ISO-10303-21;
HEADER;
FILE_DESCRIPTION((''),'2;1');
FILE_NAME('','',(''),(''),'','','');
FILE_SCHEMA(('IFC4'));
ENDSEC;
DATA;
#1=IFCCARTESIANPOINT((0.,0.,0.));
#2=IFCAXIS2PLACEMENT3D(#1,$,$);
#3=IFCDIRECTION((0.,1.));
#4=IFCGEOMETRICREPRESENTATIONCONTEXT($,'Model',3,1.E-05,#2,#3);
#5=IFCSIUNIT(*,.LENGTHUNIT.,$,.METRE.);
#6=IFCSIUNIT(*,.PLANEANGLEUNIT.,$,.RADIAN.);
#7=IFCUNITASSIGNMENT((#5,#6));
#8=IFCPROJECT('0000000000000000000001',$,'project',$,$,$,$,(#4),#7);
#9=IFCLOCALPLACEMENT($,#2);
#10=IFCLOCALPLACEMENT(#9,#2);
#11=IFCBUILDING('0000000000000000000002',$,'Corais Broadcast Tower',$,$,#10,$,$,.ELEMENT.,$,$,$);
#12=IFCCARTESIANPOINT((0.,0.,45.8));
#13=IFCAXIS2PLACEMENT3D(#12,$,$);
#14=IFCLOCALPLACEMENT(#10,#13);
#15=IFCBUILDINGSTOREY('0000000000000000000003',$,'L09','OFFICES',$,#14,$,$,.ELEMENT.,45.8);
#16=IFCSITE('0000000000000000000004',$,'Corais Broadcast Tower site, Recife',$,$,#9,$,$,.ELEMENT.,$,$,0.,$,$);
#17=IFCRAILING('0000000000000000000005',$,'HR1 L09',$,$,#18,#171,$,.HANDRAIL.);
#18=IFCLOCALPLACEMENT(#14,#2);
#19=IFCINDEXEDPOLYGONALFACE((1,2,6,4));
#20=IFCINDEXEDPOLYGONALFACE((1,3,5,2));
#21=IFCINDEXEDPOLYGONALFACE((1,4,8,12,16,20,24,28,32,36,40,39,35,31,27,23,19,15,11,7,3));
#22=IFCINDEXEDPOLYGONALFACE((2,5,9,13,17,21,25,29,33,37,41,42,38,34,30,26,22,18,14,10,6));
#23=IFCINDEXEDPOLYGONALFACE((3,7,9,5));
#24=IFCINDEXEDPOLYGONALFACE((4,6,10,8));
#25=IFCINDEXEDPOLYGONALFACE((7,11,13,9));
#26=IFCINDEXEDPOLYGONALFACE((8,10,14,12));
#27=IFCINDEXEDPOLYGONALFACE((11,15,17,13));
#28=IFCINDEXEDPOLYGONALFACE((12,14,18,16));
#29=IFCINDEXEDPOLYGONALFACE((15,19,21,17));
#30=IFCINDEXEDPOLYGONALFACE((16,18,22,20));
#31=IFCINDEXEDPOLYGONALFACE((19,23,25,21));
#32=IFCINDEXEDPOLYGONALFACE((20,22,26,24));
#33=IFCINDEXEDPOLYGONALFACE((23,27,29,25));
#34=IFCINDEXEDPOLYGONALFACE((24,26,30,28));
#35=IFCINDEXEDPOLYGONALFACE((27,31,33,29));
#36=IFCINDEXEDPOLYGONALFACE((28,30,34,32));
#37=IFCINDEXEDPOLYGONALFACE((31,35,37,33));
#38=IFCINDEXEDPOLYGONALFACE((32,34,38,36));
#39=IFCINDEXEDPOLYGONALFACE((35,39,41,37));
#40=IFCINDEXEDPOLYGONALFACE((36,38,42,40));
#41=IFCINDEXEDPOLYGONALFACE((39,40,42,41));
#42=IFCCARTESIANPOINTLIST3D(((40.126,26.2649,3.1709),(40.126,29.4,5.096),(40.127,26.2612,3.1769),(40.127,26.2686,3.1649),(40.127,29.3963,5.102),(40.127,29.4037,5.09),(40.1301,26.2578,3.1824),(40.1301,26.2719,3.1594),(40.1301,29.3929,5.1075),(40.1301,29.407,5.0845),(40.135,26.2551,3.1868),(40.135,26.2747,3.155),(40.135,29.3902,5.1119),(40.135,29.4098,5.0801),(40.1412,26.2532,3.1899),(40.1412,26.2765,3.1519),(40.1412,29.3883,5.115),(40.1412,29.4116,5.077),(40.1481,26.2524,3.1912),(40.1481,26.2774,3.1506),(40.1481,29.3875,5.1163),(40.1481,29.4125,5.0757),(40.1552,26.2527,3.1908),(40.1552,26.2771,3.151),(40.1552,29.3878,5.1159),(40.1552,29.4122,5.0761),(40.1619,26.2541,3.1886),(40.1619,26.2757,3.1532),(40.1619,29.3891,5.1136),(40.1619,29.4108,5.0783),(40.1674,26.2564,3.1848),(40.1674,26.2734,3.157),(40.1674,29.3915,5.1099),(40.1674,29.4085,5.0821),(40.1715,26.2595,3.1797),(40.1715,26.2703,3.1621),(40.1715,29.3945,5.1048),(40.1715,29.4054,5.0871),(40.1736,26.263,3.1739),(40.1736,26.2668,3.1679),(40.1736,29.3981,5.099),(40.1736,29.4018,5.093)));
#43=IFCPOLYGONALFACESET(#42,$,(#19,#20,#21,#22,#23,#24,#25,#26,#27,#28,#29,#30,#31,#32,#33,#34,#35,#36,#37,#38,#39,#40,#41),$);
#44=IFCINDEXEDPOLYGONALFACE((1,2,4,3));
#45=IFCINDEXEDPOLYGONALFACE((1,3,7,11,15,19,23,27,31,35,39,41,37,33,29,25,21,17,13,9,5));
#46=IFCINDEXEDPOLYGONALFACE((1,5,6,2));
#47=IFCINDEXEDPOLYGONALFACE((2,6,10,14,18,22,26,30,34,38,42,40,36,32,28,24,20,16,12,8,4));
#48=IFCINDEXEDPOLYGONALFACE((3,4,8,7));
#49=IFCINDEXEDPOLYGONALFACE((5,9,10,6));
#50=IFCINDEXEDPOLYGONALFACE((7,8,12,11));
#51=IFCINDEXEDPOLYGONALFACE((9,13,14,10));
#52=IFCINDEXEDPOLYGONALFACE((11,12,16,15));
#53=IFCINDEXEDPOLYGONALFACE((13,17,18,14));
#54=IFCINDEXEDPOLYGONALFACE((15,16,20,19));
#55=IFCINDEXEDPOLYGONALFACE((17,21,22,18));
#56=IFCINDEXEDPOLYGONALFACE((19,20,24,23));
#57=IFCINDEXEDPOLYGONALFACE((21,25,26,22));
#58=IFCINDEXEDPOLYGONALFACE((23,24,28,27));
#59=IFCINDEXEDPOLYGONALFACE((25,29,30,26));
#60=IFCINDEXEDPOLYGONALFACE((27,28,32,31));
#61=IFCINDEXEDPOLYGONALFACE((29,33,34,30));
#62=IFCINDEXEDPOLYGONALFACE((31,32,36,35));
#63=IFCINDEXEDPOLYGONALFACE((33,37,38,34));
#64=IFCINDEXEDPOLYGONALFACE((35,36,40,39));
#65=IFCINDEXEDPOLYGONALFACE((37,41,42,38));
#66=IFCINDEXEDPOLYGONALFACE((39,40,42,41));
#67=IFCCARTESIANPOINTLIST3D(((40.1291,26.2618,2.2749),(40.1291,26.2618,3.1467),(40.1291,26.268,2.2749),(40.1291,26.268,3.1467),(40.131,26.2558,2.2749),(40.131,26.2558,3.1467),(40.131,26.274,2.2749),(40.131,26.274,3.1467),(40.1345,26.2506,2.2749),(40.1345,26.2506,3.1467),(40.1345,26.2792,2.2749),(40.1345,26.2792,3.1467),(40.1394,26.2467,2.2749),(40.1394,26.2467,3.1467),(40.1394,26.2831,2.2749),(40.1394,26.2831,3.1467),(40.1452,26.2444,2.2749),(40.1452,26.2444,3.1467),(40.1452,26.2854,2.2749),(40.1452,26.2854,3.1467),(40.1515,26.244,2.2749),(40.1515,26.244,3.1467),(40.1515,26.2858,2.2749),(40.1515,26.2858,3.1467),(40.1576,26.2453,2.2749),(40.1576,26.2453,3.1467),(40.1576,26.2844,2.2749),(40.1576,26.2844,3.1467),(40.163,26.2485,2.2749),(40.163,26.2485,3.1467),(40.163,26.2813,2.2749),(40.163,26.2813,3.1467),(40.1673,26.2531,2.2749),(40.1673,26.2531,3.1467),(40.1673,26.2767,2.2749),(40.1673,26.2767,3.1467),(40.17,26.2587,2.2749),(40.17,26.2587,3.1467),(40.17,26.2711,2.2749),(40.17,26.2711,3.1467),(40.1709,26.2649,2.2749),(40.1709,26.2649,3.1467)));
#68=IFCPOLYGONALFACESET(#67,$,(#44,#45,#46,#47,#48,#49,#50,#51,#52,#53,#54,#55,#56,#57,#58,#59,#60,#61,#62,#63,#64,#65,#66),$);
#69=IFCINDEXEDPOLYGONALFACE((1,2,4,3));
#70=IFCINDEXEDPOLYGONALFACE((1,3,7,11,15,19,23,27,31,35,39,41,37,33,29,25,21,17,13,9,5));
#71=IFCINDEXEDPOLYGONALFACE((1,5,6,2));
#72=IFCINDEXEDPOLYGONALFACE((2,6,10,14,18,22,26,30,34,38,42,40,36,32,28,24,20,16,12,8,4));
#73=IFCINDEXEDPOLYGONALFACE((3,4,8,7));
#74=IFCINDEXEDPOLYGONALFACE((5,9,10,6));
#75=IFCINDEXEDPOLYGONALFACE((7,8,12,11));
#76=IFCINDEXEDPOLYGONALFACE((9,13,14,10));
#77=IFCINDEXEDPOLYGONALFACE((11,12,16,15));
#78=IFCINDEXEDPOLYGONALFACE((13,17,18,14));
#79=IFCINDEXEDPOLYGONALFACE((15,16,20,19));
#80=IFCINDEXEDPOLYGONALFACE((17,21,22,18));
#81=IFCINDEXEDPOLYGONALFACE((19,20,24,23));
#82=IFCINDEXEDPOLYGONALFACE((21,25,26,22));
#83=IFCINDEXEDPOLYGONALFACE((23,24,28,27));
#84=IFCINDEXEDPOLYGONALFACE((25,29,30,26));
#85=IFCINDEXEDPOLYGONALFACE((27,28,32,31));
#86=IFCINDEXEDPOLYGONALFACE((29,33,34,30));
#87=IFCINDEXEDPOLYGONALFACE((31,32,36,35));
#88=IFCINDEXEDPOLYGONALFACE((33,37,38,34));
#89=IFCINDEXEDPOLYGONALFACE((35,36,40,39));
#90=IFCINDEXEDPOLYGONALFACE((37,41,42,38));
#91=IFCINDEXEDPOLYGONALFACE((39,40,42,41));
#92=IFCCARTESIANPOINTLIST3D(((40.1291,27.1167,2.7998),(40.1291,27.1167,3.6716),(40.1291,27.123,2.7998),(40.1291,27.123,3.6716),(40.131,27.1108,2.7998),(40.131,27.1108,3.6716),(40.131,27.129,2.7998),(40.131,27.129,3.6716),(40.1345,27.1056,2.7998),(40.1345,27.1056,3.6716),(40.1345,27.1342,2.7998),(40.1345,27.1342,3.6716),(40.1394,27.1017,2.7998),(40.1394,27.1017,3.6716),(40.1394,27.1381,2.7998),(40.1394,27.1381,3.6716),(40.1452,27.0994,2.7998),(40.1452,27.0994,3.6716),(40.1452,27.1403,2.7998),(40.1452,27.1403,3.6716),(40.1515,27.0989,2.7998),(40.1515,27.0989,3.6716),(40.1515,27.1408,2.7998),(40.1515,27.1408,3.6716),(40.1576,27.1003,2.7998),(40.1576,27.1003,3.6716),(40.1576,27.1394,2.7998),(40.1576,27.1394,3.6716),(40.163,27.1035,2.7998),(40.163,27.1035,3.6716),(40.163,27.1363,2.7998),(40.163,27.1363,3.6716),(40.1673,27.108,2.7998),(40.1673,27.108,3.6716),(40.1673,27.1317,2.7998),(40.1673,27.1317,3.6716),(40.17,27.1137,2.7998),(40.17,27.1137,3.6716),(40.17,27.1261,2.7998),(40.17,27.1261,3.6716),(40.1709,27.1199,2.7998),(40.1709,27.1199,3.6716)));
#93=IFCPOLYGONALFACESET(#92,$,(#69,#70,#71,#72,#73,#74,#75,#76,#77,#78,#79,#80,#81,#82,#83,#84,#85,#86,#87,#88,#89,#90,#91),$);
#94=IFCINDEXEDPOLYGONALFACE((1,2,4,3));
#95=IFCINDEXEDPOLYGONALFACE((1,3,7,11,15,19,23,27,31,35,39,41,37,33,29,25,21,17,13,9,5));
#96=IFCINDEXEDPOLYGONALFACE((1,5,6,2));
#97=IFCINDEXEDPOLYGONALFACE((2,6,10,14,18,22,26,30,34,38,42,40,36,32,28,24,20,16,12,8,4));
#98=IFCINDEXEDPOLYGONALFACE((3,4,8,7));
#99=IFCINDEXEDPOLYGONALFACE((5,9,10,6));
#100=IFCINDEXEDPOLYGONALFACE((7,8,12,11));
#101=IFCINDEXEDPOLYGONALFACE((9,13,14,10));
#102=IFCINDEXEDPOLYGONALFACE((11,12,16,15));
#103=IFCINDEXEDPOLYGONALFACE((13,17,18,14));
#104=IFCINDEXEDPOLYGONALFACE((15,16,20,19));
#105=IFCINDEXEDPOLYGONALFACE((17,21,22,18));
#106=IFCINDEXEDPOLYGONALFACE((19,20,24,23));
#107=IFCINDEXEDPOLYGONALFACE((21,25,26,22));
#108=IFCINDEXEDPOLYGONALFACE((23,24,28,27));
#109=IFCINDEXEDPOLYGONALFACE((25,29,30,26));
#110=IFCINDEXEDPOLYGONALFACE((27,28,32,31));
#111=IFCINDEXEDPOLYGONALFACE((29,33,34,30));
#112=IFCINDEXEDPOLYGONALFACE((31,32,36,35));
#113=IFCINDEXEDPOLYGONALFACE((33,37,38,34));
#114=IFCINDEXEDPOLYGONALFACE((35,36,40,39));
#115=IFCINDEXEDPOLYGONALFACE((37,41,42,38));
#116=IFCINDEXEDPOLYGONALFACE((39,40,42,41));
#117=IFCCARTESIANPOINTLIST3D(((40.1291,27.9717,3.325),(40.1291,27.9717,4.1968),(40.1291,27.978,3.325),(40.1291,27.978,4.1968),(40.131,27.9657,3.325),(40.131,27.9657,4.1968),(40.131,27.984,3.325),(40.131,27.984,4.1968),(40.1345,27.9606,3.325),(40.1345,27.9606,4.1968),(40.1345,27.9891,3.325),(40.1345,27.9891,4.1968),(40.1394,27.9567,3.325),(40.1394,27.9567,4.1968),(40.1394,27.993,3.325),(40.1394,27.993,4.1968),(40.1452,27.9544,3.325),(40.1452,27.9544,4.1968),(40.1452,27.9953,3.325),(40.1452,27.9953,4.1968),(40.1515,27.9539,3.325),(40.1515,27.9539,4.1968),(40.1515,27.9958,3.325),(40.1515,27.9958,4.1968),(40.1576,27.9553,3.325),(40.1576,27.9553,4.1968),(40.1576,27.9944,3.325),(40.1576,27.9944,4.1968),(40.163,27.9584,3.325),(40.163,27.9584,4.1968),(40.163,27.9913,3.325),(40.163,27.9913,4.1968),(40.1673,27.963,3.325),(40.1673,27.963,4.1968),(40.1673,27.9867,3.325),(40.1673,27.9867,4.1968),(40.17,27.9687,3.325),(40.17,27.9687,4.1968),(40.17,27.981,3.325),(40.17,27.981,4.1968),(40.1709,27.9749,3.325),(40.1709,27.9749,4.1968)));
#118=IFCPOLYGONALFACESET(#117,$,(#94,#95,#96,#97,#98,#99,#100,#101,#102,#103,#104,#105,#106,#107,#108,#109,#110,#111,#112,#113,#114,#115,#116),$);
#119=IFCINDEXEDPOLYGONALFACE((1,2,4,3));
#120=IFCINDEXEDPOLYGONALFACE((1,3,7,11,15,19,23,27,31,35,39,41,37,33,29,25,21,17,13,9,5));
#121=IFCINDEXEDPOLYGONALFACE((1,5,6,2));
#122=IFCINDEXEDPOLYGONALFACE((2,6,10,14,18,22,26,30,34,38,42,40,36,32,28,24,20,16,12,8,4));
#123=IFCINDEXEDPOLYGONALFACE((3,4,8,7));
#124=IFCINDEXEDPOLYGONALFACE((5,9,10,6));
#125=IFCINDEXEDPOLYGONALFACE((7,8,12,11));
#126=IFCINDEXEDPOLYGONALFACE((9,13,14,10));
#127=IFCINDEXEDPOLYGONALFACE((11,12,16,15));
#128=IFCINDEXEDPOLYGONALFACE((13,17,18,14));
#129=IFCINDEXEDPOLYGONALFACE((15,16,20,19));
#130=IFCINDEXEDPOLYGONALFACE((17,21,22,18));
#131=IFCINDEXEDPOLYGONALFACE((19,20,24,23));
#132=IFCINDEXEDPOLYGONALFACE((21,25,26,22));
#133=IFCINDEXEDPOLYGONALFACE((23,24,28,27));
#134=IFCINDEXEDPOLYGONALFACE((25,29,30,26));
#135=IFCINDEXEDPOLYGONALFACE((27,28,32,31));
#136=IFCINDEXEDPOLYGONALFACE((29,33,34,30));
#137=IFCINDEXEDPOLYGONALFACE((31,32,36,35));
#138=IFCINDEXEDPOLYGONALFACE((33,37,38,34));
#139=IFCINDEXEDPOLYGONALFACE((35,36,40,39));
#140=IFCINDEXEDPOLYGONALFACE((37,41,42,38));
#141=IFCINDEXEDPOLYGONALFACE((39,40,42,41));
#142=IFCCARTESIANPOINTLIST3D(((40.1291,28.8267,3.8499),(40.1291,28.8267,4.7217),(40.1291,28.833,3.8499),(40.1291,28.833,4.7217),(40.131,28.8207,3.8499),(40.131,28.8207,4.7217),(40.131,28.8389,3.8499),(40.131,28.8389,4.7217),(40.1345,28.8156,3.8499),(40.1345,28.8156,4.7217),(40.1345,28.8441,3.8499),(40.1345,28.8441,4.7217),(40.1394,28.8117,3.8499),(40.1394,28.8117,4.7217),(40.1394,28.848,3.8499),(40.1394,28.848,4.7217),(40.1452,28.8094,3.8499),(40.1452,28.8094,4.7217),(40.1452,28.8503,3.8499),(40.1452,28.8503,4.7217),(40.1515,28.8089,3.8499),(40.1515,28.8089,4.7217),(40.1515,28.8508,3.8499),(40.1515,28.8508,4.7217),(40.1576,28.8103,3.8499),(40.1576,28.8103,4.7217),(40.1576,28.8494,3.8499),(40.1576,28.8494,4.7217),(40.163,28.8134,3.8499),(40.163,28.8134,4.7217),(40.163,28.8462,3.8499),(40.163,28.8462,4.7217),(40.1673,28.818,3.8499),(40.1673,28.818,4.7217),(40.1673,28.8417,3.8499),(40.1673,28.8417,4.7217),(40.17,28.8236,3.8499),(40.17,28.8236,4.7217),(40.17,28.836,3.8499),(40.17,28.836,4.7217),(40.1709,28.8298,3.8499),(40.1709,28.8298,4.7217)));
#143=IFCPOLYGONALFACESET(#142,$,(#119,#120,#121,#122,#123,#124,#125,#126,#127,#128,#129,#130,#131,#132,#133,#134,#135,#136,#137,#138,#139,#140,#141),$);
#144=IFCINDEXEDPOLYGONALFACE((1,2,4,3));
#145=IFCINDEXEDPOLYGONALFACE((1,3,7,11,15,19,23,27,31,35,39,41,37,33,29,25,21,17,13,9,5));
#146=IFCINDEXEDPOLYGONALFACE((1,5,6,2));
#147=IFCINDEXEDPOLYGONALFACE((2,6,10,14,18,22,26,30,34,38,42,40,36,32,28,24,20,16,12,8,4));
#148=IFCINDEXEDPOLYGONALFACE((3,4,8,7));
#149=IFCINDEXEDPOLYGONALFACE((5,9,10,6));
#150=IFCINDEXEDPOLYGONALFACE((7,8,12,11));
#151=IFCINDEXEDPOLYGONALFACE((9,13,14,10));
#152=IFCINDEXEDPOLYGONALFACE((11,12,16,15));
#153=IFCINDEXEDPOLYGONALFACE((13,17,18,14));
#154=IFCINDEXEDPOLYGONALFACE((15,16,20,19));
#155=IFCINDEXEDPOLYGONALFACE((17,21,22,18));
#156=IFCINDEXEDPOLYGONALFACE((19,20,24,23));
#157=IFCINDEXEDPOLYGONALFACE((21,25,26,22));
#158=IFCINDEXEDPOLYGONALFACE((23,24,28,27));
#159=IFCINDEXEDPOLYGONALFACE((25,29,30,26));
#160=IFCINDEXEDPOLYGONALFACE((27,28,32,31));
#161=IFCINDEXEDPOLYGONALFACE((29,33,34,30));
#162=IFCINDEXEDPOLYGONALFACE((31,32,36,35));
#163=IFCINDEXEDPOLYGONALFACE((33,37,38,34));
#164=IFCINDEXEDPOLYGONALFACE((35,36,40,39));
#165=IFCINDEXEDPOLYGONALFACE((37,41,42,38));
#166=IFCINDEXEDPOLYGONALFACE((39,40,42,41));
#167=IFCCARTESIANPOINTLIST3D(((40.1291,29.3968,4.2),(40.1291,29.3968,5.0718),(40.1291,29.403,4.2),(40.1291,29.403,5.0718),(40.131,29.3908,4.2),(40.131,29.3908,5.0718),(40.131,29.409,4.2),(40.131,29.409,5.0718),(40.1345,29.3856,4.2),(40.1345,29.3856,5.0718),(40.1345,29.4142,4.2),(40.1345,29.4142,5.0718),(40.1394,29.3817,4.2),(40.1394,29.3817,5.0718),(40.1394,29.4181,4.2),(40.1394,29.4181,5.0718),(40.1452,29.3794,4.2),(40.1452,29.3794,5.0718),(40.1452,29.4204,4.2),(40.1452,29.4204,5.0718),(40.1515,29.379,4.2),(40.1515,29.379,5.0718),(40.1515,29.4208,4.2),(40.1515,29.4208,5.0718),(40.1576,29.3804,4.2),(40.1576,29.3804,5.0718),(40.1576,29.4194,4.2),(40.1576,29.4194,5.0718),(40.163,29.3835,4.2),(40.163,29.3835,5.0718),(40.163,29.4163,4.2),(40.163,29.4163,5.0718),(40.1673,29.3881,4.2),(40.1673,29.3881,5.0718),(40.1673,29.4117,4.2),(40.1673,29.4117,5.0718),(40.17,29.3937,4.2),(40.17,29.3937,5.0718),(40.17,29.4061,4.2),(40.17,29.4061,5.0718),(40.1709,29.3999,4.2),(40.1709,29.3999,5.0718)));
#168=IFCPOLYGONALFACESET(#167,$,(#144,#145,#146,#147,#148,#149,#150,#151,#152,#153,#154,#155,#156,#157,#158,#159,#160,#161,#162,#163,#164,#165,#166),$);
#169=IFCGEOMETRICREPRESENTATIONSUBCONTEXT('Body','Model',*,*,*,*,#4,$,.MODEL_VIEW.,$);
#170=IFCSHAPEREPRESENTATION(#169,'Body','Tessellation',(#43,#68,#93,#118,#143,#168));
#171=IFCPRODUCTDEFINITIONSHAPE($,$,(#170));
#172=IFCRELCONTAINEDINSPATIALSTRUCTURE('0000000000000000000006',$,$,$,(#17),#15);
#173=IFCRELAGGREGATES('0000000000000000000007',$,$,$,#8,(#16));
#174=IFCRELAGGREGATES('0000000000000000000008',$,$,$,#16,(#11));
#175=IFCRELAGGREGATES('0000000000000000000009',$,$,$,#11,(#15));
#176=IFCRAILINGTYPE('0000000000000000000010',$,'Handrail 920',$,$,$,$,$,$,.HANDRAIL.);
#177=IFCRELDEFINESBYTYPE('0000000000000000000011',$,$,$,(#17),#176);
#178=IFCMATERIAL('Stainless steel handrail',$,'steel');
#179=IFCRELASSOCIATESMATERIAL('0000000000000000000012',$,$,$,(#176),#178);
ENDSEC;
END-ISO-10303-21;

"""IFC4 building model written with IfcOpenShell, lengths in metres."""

from ifc_helpers import new_model, si_unit, direction, frame, origin, origin_2d, place, context, subcontext, project, spatial, circle, extrude, material, type_object, element, save


model = new_model("IFC4")

# Units and contexts
model_context = context("Model", 3, precision=1e-05, world=origin(), true_north=direction((0.0, 1.0)))
body_context = subcontext(model_context, "Body", "Model", "MODEL_VIEW")
ifc_project = project(units=[si_unit("LENGTHUNIT", "METRE"), si_unit("PLANEANGLEUNIT", "RADIAN")], contexts=[model_context])

# Site, building, storey
site_placement = place(None, origin())
site = spatial("IfcSite", under=ifc_project, at=site_placement, Name="Corais Broadcast Tower site, Recife", CompositionType="ELEMENT", RefElevation=0.0)
building_placement = place(site_placement, origin())
building = spatial("IfcBuilding", under=site, at=building_placement, Name="Corais Broadcast Tower", CompositionType="ELEMENT")
storey_placement = place(building_placement, frame((0.0, 0.0, 45.8)))
storey = spatial("IfcBuildingStorey", under=building, at=storey_placement, Name="L09", Description="OFFICES", CompositionType="ELEMENT", Elevation=45.8)

# Railing
ifc_material_1 = material(Name="Stainless steel handrail", Category="steel")
railing_type = type_object("IfcRailingType", Name="Handrail 920", PredefinedType="HANDRAIL", material=ifc_material_1)
for number, where, name in (
    (1, (40.1499, 26.2649, 2.2749), "HR1 L09"),
):
    element("IfcRailing", number, at=place(storey_placement, frame(where)), inside=storey, type_object=railing_type, Name=name, PredefinedType="HANDRAIL", context=body_context, shape_type="SweptSolid", body=[
        extrude(circle(Radius=0.0239, at=origin_2d()), frame((0.0, 0.0, 0.896), z_axis=(0.0, 0.852166, 0.523271), x_axis=(-1.0, 0.0, 0.0)), (0.0, 0.0, 1.0), 3.679),
        extrude(circle(Radius=0.021, at=origin_2d()), origin(), (0.0, 0.0, 1.0), 0.8718),
        extrude(circle(Radius=0.021, at=origin_2d()), frame((0.0, 0.855, 0.5249)), (0.0, 0.0, 1.0), 0.8718),
        extrude(circle(Radius=0.021, at=origin_2d()), frame((0.0, 1.71, 1.05)), (0.0, 0.0, 1.0), 0.8718),
        extrude(circle(Radius=0.021, at=origin_2d()), frame((0.0, 2.5649, 1.575)), (0.0, 0.0, 1.0), 0.8718),
        extrude(circle(Radius=0.021, at=origin_2d()), frame((0.0, 3.135, 1.925)), (0.0, 0.0, 1.0), 0.8718),
    ])

save(model, "model.ifc")
